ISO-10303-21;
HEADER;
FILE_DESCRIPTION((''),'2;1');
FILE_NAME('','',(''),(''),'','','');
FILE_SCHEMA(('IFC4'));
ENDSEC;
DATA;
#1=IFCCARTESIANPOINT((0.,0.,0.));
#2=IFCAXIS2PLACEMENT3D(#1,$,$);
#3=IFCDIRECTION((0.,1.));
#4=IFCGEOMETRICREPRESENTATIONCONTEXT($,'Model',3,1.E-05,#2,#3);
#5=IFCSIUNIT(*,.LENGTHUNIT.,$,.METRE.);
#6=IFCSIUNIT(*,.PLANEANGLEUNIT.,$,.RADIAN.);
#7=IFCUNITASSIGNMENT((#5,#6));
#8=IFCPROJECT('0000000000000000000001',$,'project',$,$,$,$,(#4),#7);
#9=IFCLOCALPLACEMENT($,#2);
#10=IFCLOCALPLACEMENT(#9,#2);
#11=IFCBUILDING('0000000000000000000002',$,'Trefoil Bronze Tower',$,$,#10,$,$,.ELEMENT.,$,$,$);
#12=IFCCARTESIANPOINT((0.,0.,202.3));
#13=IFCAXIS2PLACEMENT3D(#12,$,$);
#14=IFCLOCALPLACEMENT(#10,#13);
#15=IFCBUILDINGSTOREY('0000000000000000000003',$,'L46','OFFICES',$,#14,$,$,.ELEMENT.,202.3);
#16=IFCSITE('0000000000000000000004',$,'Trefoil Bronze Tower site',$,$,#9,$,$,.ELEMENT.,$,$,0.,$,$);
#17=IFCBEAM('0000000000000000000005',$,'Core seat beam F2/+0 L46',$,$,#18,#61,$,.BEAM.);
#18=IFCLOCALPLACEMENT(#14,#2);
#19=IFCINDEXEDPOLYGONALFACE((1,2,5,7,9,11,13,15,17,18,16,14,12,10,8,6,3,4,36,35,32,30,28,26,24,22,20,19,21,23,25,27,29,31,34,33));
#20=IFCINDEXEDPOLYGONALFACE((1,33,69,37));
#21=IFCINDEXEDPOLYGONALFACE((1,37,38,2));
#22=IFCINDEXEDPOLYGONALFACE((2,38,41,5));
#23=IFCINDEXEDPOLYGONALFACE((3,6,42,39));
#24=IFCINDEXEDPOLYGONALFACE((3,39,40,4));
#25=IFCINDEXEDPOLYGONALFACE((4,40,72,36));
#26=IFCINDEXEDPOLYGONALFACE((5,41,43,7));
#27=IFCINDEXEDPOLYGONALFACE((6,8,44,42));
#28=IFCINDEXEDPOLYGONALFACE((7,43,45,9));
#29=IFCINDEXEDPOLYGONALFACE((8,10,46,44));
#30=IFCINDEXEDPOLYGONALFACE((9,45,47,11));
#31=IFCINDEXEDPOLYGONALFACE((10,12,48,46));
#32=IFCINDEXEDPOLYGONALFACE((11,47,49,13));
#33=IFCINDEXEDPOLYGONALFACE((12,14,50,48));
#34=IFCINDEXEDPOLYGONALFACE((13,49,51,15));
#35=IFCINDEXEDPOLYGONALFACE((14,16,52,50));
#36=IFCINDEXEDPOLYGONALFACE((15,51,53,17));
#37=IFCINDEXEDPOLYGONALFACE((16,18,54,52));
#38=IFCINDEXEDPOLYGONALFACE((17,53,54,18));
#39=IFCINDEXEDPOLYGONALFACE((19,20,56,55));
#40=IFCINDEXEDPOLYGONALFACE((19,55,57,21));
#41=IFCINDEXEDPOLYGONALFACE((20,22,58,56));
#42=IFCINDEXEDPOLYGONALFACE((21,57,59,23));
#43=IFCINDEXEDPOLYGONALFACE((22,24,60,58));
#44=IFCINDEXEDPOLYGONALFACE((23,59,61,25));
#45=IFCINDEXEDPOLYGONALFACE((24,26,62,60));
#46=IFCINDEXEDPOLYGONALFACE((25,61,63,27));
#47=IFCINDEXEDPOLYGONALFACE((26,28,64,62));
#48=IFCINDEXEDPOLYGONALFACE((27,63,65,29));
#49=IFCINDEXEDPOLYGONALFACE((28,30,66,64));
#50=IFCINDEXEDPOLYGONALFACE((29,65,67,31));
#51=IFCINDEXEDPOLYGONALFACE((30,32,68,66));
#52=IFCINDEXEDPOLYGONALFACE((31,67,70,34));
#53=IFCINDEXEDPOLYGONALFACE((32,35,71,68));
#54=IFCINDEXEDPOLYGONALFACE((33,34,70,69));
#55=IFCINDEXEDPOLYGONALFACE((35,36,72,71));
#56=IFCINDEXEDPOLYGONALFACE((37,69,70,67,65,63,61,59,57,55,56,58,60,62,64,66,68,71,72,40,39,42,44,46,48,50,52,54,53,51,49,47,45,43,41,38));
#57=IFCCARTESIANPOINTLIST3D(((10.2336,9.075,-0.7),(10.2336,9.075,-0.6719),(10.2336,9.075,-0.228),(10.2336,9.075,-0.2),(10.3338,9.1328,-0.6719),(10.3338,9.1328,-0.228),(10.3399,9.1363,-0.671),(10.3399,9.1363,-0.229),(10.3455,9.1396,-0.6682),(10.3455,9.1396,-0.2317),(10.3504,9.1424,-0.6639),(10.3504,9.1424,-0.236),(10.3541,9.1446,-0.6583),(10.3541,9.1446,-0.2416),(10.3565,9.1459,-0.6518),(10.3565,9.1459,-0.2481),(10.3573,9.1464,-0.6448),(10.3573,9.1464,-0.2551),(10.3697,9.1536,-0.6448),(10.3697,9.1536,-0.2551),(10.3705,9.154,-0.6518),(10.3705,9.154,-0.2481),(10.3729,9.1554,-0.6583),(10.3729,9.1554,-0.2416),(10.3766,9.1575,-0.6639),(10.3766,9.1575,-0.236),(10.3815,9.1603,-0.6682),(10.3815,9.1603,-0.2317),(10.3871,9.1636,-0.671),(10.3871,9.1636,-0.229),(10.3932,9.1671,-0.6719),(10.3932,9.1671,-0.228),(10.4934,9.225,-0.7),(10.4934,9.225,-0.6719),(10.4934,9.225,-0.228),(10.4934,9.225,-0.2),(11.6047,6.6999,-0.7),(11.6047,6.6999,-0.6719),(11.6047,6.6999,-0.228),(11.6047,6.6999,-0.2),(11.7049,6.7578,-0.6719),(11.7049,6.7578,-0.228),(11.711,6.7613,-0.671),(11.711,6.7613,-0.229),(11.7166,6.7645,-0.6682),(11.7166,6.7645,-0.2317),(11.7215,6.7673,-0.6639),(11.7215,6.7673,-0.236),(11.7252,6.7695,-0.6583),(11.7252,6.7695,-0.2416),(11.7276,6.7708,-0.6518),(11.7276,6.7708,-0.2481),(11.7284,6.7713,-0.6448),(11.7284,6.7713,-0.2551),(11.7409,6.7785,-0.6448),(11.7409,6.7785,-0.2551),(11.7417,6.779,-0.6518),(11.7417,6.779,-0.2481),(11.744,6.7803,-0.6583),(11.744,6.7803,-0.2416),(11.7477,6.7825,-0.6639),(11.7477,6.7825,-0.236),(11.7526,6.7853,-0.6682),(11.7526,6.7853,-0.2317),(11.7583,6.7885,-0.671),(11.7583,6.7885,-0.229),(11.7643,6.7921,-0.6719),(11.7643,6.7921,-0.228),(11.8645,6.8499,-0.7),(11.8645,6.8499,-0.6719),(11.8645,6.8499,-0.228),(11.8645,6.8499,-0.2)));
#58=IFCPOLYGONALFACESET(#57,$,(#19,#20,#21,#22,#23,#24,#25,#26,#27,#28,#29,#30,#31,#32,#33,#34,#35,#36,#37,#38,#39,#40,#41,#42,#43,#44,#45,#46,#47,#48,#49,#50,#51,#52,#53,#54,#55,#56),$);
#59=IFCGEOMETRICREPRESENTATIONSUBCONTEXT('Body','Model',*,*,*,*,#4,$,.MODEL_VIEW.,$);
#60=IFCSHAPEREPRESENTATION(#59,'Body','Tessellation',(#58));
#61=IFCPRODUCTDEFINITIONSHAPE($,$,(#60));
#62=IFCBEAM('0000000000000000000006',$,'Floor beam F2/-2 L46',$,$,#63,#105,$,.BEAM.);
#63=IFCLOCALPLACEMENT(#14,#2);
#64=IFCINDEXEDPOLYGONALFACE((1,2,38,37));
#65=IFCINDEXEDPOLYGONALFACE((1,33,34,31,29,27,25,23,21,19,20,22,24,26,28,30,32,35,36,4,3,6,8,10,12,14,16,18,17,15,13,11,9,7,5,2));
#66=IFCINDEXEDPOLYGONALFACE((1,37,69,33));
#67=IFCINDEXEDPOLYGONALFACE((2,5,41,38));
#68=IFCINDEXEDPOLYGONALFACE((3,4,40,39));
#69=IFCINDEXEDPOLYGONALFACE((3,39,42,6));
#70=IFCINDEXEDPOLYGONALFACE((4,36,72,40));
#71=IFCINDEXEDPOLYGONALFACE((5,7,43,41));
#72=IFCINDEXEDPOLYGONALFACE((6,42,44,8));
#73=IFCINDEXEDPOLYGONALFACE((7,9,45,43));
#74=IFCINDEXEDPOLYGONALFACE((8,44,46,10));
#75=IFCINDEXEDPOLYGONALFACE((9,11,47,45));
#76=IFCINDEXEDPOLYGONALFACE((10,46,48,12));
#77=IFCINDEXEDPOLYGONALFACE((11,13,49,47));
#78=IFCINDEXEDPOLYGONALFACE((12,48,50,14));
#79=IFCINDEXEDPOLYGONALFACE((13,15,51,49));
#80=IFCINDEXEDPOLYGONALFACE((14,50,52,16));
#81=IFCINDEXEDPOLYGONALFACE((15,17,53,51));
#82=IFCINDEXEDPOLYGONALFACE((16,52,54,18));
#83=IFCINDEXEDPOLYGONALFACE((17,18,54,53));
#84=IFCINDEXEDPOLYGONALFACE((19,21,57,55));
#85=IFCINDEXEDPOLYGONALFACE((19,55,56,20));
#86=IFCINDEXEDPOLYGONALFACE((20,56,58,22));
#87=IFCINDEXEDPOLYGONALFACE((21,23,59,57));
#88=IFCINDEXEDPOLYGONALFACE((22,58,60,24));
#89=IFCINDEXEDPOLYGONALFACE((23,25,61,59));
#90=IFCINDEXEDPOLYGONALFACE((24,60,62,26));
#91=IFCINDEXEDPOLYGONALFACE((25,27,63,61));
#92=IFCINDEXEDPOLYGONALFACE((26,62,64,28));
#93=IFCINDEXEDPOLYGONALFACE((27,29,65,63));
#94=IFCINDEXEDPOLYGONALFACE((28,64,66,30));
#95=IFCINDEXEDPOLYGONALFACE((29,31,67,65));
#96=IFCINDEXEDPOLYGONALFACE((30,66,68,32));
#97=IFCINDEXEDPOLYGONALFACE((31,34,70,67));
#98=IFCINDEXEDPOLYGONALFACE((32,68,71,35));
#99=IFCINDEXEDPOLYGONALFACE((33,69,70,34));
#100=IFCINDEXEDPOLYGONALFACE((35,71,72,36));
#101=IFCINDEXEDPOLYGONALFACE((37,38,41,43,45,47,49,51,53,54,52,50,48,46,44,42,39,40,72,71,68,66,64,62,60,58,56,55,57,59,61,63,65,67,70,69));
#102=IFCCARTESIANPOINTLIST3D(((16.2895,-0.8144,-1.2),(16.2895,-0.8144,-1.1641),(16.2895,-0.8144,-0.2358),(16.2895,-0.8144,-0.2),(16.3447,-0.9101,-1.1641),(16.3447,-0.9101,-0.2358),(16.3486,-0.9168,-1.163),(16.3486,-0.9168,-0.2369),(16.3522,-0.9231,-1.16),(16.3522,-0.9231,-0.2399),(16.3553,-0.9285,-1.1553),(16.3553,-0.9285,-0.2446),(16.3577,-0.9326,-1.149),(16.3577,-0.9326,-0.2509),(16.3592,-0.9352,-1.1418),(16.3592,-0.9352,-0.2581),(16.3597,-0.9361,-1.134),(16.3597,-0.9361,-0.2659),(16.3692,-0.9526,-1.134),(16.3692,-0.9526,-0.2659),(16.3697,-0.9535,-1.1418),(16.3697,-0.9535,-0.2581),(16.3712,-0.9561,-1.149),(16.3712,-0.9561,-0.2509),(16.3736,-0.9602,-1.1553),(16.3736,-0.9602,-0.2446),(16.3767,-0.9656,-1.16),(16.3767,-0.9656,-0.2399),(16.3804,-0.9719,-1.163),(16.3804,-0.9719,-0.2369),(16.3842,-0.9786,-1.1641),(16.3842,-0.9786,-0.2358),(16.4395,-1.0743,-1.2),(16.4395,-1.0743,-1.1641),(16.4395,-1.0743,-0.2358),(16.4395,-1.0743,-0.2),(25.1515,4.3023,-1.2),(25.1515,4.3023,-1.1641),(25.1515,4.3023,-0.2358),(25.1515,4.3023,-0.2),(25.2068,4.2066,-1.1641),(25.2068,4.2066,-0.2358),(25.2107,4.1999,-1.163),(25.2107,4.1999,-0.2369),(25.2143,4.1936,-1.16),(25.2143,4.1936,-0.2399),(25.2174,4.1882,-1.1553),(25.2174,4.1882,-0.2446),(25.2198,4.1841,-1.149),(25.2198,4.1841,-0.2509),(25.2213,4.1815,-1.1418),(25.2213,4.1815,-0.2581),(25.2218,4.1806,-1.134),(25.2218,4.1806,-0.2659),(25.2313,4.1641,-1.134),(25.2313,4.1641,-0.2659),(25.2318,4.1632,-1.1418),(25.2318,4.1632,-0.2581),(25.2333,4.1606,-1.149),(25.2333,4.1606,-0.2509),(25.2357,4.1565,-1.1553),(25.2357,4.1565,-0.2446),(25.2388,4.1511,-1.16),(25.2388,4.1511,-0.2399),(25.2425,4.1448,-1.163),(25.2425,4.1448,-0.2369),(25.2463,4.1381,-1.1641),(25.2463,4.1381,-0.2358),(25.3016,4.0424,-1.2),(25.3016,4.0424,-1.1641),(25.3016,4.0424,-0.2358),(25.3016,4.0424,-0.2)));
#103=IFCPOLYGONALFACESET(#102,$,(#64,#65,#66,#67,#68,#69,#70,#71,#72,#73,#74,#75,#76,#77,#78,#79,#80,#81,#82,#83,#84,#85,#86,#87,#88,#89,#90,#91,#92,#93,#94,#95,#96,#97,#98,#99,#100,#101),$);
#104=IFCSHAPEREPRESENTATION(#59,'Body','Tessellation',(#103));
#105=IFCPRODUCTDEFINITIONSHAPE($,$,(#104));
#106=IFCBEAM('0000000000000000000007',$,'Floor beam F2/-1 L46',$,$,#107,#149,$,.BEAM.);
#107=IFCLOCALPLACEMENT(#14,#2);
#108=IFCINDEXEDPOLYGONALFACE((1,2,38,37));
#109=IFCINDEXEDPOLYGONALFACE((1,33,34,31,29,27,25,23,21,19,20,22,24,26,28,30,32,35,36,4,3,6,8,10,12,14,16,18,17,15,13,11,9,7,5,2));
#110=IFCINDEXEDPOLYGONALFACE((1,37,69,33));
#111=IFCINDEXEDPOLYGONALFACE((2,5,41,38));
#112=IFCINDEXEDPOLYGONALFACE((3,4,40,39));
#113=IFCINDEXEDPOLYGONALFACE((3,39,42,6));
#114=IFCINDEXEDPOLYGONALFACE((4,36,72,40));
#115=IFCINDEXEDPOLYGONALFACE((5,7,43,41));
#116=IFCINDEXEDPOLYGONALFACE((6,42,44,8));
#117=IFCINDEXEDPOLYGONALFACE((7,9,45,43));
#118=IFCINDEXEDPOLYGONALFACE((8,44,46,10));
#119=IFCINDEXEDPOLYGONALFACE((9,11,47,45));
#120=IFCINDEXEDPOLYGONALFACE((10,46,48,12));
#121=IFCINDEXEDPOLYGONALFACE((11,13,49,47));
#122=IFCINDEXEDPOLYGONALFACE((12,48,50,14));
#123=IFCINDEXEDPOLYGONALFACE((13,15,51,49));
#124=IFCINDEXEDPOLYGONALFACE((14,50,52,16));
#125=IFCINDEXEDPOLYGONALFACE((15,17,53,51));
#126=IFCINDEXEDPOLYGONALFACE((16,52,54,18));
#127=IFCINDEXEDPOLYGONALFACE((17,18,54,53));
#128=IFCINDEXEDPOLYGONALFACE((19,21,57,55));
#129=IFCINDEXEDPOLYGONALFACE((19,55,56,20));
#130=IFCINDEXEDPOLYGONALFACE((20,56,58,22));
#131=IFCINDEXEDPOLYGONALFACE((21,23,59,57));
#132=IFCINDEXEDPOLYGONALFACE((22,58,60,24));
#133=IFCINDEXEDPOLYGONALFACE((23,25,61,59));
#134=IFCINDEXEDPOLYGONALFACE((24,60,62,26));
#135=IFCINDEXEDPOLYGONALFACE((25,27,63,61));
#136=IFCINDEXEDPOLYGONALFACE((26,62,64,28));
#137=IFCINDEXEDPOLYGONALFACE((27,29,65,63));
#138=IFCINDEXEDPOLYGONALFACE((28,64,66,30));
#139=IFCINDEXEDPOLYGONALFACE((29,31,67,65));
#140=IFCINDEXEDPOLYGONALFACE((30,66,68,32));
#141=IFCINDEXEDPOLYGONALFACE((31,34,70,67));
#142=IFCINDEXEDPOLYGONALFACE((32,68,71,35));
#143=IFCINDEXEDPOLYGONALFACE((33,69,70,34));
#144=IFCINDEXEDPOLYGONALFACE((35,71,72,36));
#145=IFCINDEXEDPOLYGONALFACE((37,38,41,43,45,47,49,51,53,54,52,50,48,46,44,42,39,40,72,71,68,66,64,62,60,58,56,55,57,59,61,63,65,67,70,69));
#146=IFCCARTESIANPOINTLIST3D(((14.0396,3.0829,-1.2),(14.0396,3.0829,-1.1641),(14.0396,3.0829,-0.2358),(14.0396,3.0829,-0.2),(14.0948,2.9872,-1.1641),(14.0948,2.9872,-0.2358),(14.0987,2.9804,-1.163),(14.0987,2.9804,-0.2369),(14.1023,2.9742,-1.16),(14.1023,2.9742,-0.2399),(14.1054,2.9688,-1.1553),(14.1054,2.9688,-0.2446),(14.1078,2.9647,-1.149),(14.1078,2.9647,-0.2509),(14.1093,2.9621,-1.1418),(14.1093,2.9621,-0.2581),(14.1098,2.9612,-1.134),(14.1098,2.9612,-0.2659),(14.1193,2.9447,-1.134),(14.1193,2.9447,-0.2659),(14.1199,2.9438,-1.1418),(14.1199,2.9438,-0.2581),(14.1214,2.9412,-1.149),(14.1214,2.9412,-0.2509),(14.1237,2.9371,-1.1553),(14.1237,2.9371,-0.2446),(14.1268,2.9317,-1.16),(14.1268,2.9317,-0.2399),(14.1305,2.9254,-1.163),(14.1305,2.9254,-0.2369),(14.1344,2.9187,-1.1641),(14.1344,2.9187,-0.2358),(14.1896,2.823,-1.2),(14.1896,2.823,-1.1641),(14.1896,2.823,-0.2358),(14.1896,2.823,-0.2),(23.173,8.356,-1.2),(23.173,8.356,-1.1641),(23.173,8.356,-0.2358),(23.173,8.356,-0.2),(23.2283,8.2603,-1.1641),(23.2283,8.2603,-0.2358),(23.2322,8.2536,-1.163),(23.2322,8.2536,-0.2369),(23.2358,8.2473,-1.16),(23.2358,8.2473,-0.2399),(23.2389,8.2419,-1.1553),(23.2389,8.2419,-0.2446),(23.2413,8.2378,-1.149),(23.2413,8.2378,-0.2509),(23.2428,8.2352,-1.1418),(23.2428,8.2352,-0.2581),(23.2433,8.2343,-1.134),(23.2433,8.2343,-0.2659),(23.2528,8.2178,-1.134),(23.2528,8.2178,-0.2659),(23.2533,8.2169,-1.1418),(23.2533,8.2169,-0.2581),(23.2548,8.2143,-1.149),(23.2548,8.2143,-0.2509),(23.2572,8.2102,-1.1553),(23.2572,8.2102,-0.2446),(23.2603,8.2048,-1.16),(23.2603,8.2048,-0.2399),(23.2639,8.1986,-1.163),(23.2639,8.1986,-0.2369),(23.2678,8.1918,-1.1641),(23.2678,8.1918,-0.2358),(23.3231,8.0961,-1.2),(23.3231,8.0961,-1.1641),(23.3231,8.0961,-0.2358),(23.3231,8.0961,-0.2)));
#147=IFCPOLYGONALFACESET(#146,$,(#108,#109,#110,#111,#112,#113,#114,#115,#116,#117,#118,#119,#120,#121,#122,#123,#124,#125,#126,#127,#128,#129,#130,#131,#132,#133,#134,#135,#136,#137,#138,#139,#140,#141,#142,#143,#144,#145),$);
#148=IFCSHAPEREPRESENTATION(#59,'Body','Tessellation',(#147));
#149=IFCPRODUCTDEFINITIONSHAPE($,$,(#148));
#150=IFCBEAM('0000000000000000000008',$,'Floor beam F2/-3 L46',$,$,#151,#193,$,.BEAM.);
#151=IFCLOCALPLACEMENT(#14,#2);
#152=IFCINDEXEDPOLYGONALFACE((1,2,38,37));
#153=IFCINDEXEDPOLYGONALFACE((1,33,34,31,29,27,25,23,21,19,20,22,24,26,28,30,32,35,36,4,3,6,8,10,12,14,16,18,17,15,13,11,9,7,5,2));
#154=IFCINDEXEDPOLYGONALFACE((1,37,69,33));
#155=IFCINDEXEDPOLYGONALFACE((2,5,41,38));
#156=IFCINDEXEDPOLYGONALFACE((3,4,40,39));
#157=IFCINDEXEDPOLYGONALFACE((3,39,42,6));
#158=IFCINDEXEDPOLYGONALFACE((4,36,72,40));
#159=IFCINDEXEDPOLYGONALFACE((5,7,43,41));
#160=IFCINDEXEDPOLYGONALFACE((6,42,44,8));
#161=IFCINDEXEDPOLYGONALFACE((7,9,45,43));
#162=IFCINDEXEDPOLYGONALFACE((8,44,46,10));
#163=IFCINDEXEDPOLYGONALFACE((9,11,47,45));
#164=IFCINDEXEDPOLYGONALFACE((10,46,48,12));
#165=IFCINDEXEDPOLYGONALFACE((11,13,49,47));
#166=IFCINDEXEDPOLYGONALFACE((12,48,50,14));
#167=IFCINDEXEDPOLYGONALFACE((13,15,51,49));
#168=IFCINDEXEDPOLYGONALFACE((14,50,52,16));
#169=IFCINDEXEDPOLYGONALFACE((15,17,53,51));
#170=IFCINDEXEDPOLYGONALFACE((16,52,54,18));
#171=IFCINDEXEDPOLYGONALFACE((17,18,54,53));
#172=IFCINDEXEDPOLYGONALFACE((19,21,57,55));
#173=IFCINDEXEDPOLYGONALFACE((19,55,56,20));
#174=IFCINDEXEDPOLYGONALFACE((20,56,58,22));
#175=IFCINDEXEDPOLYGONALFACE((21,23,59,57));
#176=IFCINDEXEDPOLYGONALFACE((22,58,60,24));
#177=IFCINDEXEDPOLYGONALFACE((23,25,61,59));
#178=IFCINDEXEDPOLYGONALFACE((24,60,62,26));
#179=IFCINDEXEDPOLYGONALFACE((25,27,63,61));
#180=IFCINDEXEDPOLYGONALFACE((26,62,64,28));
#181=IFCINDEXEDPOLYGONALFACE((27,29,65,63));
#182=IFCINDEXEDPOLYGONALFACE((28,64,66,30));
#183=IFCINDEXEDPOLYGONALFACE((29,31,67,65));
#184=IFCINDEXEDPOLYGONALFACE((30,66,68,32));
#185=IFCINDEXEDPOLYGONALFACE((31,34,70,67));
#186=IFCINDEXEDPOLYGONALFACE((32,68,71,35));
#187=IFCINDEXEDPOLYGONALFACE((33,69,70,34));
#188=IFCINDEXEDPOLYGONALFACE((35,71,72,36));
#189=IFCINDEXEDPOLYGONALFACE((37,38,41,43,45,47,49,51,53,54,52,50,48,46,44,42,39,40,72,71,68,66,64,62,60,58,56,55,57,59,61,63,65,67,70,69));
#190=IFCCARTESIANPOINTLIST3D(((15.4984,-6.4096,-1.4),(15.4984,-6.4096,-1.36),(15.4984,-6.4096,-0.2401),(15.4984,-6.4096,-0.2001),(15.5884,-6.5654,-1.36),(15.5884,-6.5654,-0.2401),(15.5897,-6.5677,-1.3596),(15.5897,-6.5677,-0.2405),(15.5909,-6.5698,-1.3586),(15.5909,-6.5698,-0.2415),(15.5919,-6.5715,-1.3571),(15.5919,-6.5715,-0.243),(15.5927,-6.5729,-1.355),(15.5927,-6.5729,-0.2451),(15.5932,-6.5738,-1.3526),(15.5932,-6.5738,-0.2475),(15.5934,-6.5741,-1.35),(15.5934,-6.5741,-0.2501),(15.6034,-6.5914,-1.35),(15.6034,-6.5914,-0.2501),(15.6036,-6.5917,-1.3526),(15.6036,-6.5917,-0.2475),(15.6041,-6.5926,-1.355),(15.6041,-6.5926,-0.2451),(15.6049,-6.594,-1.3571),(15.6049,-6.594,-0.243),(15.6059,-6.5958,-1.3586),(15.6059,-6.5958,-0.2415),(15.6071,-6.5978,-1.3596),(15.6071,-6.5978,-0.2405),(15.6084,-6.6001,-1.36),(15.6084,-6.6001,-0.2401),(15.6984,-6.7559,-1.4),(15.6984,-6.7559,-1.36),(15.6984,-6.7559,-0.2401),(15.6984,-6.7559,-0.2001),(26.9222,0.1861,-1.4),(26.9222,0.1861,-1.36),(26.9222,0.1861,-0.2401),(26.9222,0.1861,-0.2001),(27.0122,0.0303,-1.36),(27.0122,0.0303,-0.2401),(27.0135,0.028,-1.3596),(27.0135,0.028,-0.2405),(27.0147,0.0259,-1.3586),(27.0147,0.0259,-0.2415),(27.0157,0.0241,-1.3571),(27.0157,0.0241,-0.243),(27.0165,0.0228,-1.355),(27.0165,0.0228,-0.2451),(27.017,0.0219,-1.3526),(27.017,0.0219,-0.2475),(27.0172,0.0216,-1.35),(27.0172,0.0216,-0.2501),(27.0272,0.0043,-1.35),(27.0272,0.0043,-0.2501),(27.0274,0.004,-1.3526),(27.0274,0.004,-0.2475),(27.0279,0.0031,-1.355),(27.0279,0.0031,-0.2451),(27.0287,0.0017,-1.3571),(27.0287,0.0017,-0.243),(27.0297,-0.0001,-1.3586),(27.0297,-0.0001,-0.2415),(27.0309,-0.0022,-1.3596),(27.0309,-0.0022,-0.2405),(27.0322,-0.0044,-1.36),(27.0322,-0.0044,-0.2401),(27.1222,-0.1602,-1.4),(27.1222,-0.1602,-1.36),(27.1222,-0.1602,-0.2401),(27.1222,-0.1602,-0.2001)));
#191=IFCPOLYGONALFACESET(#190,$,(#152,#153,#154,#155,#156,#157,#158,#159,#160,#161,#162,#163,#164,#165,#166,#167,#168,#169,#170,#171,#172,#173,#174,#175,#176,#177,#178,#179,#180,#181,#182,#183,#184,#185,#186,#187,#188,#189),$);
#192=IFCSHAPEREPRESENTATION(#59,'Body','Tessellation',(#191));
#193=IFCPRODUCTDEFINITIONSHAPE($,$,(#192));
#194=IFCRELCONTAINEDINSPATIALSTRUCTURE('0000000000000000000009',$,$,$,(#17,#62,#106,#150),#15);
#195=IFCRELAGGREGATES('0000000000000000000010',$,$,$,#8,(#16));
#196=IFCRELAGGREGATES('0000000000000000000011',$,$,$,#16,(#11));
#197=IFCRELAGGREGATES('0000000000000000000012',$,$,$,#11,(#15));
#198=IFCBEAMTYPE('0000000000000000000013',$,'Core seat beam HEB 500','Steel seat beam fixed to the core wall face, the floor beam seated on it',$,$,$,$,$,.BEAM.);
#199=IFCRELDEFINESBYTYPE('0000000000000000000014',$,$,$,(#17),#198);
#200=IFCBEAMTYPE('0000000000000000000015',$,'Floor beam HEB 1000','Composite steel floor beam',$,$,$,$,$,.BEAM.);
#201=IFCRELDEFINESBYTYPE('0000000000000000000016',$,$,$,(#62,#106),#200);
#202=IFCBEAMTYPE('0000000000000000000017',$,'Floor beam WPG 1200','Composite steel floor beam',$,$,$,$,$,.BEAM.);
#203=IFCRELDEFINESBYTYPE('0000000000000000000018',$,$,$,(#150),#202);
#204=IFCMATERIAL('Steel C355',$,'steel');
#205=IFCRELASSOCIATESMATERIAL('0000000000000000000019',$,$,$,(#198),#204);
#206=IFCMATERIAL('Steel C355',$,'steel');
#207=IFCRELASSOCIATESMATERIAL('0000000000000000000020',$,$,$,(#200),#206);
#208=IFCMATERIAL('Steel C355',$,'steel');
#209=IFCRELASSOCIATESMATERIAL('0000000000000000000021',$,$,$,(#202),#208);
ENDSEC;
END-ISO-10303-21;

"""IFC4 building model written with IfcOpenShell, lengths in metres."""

from ifc_helpers import new_model, si_unit, direction, frame, origin, origin_2d, place, context, subcontext, project, spatial, i_section, extrude, material, material_profile, profile_set, type_object, element, save


model = new_model("IFC4")

# Units and contexts
model_context = context("Model", 3, precision=1e-05, world=origin(), true_north=direction((0.0, 1.0)))
body_context = subcontext(model_context, "Body", "Model", "MODEL_VIEW")
ifc_project = project(units=[si_unit("LENGTHUNIT", "METRE"), si_unit("PLANEANGLEUNIT", "RADIAN")], contexts=[model_context])

# Site, building, storey
site_placement = place(None, origin())
site = spatial("IfcSite", under=ifc_project, at=site_placement, Name="Trefoil Bronze Tower site", CompositionType="ELEMENT", RefElevation=0.0)
building_placement = place(site_placement, origin())
building = spatial("IfcBuilding", under=site, at=building_placement, Name="Trefoil Bronze Tower", CompositionType="ELEMENT")
storey_placement = place(building_placement, frame((0.0, 0.0, 202.3)))
storey = spatial("IfcBuildingStorey", under=building, at=storey_placement, Name="L46", Description="OFFICES", CompositionType="ELEMENT", Elevation=202.3)

# Beams
ifc_material_1 = material(Name="Steel C355", Category="steel")
ifc_material_profile_1 = material_profile(ifc_material_1, i_section(OverallWidth=0.3, OverallDepth=0.5, WebThickness=0.0144, FlangeThickness=0.0281, FilletRadius=0.0271, at=origin_2d()), Name="HEB 500")
ifc_profile_set_1 = profile_set([ifc_material_profile_1], Name="Steel C355")
beam_type_1 = type_object("IfcBeamType", Name="Core seat beam HEB 500", Description="Steel seat beam fixed to the core wall face, the floor beam seated on it", PredefinedType="BEAM", material=ifc_profile_set_1)
for number, where, z_axis, x_axis, name in (
    (1, (11.7346, 6.7749, -0.45), (-0.499969, 0.866043, 0.0), (-0.866043, -0.499969, 0.0), "Core seat beam F2/+0 L46"),
):
    element("IfcBeam", number, at=place(storey_placement, frame(where, z_axis=z_axis, x_axis=x_axis)), inside=storey, type_object=beam_type_1, Name=name, PredefinedType="BEAM", context=body_context, shape_type="SweptSolid", body=[
        extrude(i_section(OverallWidth=0.3, OverallDepth=0.5, WebThickness=0.0144, FlangeThickness=0.0281, FilletRadius=0.0271, at=origin_2d()), origin(), (0.0, 0.0, 1.0), 2.7424),
    ])
ifc_material_2 = material(Name="Steel C355", Category="steel")
ifc_material_profile_2 = material_profile(ifc_material_2, i_section(OverallWidth=0.3, OverallDepth=1.0, WebThickness=0.019, FlangeThickness=0.0359, FilletRadius=0.03, at=origin_2d()), Name="HEB 1000")
ifc_profile_set_2 = profile_set([ifc_material_profile_2], Name="Steel C355")
beam_type_2 = type_object("IfcBeamType", Name="Floor beam HEB 1000", Description="Composite steel floor beam", PredefinedType="BEAM", material=ifc_profile_set_2)
beam_1_placement = place(storey_placement, frame((25.2266, 4.1724, -0.7), z_axis=(-0.866018, -0.500014, 0.0), x_axis=(0.500014, -0.866018, 0.0)))
element("IfcBeam", 2, at=beam_1_placement, inside=storey, type_object=beam_type_2, Name="Floor beam F2/-2 L46", PredefinedType="BEAM", context=body_context, shape_type="SweptSolid", body=[
    extrude(i_section(OverallWidth=0.3, OverallDepth=1.0, WebThickness=0.019, FlangeThickness=0.0359, FilletRadius=0.03, at=origin_2d()), origin(), (0.0, 0.0, 1.0), 10.2332),
])
beam_2_placement = place(storey_placement, frame((23.248, 8.2261, -0.7), z_axis=(-0.866028, -0.499996, 0.0), x_axis=(0.499996, -0.866028, 0.0)))
element("IfcBeam", 3, at=beam_2_placement, inside=storey, type_object=beam_type_2, Name="Floor beam F2/-1 L46", PredefinedType="BEAM", context=body_context, shape_type="SweptSolid", body=[
    extrude(i_section(OverallWidth=0.3, OverallDepth=1.0, WebThickness=0.019, FlangeThickness=0.0359, FilletRadius=0.03, at=origin_2d()), origin(), (0.0, 0.0, 1.0), 10.5464),
])
ifc_material_3 = material(Name="Steel C355", Category="steel")
ifc_material_profile_3 = material_profile(ifc_material_3, i_section(OverallWidth=0.3999, OverallDepth=1.2, WebThickness=0.02, FlangeThickness=0.04, FilletRadius=0.01, at=origin_2d()), Name="WPG 1200")
ifc_profile_set_3 = profile_set([ifc_material_profile_3], Name="Steel C355")
beam_type_3 = type_object("IfcBeamType", Name="Floor beam WPG 1200", Description="Composite steel floor beam", PredefinedType="BEAM", material=ifc_profile_set_3)
beam_3_placement = place(storey_placement, frame((27.0222, 0.0129, -0.8), z_axis=(-0.86602, -0.500009, 0.0), x_axis=(0.500009, -0.86602, 0.0)))
element("IfcBeam", 4, at=beam_3_placement, inside=storey, type_object=beam_type_3, Name="Floor beam F2/-3 L46", PredefinedType="BEAM", context=body_context, shape_type="SweptSolid", body=[
    extrude(i_section(OverallWidth=0.3999, OverallDepth=1.2, WebThickness=0.02, FlangeThickness=0.04, FilletRadius=0.01, at=origin_2d()), origin(), (0.0, 0.0, 1.0), 13.1912),
])

save(model, "model.ifc")
